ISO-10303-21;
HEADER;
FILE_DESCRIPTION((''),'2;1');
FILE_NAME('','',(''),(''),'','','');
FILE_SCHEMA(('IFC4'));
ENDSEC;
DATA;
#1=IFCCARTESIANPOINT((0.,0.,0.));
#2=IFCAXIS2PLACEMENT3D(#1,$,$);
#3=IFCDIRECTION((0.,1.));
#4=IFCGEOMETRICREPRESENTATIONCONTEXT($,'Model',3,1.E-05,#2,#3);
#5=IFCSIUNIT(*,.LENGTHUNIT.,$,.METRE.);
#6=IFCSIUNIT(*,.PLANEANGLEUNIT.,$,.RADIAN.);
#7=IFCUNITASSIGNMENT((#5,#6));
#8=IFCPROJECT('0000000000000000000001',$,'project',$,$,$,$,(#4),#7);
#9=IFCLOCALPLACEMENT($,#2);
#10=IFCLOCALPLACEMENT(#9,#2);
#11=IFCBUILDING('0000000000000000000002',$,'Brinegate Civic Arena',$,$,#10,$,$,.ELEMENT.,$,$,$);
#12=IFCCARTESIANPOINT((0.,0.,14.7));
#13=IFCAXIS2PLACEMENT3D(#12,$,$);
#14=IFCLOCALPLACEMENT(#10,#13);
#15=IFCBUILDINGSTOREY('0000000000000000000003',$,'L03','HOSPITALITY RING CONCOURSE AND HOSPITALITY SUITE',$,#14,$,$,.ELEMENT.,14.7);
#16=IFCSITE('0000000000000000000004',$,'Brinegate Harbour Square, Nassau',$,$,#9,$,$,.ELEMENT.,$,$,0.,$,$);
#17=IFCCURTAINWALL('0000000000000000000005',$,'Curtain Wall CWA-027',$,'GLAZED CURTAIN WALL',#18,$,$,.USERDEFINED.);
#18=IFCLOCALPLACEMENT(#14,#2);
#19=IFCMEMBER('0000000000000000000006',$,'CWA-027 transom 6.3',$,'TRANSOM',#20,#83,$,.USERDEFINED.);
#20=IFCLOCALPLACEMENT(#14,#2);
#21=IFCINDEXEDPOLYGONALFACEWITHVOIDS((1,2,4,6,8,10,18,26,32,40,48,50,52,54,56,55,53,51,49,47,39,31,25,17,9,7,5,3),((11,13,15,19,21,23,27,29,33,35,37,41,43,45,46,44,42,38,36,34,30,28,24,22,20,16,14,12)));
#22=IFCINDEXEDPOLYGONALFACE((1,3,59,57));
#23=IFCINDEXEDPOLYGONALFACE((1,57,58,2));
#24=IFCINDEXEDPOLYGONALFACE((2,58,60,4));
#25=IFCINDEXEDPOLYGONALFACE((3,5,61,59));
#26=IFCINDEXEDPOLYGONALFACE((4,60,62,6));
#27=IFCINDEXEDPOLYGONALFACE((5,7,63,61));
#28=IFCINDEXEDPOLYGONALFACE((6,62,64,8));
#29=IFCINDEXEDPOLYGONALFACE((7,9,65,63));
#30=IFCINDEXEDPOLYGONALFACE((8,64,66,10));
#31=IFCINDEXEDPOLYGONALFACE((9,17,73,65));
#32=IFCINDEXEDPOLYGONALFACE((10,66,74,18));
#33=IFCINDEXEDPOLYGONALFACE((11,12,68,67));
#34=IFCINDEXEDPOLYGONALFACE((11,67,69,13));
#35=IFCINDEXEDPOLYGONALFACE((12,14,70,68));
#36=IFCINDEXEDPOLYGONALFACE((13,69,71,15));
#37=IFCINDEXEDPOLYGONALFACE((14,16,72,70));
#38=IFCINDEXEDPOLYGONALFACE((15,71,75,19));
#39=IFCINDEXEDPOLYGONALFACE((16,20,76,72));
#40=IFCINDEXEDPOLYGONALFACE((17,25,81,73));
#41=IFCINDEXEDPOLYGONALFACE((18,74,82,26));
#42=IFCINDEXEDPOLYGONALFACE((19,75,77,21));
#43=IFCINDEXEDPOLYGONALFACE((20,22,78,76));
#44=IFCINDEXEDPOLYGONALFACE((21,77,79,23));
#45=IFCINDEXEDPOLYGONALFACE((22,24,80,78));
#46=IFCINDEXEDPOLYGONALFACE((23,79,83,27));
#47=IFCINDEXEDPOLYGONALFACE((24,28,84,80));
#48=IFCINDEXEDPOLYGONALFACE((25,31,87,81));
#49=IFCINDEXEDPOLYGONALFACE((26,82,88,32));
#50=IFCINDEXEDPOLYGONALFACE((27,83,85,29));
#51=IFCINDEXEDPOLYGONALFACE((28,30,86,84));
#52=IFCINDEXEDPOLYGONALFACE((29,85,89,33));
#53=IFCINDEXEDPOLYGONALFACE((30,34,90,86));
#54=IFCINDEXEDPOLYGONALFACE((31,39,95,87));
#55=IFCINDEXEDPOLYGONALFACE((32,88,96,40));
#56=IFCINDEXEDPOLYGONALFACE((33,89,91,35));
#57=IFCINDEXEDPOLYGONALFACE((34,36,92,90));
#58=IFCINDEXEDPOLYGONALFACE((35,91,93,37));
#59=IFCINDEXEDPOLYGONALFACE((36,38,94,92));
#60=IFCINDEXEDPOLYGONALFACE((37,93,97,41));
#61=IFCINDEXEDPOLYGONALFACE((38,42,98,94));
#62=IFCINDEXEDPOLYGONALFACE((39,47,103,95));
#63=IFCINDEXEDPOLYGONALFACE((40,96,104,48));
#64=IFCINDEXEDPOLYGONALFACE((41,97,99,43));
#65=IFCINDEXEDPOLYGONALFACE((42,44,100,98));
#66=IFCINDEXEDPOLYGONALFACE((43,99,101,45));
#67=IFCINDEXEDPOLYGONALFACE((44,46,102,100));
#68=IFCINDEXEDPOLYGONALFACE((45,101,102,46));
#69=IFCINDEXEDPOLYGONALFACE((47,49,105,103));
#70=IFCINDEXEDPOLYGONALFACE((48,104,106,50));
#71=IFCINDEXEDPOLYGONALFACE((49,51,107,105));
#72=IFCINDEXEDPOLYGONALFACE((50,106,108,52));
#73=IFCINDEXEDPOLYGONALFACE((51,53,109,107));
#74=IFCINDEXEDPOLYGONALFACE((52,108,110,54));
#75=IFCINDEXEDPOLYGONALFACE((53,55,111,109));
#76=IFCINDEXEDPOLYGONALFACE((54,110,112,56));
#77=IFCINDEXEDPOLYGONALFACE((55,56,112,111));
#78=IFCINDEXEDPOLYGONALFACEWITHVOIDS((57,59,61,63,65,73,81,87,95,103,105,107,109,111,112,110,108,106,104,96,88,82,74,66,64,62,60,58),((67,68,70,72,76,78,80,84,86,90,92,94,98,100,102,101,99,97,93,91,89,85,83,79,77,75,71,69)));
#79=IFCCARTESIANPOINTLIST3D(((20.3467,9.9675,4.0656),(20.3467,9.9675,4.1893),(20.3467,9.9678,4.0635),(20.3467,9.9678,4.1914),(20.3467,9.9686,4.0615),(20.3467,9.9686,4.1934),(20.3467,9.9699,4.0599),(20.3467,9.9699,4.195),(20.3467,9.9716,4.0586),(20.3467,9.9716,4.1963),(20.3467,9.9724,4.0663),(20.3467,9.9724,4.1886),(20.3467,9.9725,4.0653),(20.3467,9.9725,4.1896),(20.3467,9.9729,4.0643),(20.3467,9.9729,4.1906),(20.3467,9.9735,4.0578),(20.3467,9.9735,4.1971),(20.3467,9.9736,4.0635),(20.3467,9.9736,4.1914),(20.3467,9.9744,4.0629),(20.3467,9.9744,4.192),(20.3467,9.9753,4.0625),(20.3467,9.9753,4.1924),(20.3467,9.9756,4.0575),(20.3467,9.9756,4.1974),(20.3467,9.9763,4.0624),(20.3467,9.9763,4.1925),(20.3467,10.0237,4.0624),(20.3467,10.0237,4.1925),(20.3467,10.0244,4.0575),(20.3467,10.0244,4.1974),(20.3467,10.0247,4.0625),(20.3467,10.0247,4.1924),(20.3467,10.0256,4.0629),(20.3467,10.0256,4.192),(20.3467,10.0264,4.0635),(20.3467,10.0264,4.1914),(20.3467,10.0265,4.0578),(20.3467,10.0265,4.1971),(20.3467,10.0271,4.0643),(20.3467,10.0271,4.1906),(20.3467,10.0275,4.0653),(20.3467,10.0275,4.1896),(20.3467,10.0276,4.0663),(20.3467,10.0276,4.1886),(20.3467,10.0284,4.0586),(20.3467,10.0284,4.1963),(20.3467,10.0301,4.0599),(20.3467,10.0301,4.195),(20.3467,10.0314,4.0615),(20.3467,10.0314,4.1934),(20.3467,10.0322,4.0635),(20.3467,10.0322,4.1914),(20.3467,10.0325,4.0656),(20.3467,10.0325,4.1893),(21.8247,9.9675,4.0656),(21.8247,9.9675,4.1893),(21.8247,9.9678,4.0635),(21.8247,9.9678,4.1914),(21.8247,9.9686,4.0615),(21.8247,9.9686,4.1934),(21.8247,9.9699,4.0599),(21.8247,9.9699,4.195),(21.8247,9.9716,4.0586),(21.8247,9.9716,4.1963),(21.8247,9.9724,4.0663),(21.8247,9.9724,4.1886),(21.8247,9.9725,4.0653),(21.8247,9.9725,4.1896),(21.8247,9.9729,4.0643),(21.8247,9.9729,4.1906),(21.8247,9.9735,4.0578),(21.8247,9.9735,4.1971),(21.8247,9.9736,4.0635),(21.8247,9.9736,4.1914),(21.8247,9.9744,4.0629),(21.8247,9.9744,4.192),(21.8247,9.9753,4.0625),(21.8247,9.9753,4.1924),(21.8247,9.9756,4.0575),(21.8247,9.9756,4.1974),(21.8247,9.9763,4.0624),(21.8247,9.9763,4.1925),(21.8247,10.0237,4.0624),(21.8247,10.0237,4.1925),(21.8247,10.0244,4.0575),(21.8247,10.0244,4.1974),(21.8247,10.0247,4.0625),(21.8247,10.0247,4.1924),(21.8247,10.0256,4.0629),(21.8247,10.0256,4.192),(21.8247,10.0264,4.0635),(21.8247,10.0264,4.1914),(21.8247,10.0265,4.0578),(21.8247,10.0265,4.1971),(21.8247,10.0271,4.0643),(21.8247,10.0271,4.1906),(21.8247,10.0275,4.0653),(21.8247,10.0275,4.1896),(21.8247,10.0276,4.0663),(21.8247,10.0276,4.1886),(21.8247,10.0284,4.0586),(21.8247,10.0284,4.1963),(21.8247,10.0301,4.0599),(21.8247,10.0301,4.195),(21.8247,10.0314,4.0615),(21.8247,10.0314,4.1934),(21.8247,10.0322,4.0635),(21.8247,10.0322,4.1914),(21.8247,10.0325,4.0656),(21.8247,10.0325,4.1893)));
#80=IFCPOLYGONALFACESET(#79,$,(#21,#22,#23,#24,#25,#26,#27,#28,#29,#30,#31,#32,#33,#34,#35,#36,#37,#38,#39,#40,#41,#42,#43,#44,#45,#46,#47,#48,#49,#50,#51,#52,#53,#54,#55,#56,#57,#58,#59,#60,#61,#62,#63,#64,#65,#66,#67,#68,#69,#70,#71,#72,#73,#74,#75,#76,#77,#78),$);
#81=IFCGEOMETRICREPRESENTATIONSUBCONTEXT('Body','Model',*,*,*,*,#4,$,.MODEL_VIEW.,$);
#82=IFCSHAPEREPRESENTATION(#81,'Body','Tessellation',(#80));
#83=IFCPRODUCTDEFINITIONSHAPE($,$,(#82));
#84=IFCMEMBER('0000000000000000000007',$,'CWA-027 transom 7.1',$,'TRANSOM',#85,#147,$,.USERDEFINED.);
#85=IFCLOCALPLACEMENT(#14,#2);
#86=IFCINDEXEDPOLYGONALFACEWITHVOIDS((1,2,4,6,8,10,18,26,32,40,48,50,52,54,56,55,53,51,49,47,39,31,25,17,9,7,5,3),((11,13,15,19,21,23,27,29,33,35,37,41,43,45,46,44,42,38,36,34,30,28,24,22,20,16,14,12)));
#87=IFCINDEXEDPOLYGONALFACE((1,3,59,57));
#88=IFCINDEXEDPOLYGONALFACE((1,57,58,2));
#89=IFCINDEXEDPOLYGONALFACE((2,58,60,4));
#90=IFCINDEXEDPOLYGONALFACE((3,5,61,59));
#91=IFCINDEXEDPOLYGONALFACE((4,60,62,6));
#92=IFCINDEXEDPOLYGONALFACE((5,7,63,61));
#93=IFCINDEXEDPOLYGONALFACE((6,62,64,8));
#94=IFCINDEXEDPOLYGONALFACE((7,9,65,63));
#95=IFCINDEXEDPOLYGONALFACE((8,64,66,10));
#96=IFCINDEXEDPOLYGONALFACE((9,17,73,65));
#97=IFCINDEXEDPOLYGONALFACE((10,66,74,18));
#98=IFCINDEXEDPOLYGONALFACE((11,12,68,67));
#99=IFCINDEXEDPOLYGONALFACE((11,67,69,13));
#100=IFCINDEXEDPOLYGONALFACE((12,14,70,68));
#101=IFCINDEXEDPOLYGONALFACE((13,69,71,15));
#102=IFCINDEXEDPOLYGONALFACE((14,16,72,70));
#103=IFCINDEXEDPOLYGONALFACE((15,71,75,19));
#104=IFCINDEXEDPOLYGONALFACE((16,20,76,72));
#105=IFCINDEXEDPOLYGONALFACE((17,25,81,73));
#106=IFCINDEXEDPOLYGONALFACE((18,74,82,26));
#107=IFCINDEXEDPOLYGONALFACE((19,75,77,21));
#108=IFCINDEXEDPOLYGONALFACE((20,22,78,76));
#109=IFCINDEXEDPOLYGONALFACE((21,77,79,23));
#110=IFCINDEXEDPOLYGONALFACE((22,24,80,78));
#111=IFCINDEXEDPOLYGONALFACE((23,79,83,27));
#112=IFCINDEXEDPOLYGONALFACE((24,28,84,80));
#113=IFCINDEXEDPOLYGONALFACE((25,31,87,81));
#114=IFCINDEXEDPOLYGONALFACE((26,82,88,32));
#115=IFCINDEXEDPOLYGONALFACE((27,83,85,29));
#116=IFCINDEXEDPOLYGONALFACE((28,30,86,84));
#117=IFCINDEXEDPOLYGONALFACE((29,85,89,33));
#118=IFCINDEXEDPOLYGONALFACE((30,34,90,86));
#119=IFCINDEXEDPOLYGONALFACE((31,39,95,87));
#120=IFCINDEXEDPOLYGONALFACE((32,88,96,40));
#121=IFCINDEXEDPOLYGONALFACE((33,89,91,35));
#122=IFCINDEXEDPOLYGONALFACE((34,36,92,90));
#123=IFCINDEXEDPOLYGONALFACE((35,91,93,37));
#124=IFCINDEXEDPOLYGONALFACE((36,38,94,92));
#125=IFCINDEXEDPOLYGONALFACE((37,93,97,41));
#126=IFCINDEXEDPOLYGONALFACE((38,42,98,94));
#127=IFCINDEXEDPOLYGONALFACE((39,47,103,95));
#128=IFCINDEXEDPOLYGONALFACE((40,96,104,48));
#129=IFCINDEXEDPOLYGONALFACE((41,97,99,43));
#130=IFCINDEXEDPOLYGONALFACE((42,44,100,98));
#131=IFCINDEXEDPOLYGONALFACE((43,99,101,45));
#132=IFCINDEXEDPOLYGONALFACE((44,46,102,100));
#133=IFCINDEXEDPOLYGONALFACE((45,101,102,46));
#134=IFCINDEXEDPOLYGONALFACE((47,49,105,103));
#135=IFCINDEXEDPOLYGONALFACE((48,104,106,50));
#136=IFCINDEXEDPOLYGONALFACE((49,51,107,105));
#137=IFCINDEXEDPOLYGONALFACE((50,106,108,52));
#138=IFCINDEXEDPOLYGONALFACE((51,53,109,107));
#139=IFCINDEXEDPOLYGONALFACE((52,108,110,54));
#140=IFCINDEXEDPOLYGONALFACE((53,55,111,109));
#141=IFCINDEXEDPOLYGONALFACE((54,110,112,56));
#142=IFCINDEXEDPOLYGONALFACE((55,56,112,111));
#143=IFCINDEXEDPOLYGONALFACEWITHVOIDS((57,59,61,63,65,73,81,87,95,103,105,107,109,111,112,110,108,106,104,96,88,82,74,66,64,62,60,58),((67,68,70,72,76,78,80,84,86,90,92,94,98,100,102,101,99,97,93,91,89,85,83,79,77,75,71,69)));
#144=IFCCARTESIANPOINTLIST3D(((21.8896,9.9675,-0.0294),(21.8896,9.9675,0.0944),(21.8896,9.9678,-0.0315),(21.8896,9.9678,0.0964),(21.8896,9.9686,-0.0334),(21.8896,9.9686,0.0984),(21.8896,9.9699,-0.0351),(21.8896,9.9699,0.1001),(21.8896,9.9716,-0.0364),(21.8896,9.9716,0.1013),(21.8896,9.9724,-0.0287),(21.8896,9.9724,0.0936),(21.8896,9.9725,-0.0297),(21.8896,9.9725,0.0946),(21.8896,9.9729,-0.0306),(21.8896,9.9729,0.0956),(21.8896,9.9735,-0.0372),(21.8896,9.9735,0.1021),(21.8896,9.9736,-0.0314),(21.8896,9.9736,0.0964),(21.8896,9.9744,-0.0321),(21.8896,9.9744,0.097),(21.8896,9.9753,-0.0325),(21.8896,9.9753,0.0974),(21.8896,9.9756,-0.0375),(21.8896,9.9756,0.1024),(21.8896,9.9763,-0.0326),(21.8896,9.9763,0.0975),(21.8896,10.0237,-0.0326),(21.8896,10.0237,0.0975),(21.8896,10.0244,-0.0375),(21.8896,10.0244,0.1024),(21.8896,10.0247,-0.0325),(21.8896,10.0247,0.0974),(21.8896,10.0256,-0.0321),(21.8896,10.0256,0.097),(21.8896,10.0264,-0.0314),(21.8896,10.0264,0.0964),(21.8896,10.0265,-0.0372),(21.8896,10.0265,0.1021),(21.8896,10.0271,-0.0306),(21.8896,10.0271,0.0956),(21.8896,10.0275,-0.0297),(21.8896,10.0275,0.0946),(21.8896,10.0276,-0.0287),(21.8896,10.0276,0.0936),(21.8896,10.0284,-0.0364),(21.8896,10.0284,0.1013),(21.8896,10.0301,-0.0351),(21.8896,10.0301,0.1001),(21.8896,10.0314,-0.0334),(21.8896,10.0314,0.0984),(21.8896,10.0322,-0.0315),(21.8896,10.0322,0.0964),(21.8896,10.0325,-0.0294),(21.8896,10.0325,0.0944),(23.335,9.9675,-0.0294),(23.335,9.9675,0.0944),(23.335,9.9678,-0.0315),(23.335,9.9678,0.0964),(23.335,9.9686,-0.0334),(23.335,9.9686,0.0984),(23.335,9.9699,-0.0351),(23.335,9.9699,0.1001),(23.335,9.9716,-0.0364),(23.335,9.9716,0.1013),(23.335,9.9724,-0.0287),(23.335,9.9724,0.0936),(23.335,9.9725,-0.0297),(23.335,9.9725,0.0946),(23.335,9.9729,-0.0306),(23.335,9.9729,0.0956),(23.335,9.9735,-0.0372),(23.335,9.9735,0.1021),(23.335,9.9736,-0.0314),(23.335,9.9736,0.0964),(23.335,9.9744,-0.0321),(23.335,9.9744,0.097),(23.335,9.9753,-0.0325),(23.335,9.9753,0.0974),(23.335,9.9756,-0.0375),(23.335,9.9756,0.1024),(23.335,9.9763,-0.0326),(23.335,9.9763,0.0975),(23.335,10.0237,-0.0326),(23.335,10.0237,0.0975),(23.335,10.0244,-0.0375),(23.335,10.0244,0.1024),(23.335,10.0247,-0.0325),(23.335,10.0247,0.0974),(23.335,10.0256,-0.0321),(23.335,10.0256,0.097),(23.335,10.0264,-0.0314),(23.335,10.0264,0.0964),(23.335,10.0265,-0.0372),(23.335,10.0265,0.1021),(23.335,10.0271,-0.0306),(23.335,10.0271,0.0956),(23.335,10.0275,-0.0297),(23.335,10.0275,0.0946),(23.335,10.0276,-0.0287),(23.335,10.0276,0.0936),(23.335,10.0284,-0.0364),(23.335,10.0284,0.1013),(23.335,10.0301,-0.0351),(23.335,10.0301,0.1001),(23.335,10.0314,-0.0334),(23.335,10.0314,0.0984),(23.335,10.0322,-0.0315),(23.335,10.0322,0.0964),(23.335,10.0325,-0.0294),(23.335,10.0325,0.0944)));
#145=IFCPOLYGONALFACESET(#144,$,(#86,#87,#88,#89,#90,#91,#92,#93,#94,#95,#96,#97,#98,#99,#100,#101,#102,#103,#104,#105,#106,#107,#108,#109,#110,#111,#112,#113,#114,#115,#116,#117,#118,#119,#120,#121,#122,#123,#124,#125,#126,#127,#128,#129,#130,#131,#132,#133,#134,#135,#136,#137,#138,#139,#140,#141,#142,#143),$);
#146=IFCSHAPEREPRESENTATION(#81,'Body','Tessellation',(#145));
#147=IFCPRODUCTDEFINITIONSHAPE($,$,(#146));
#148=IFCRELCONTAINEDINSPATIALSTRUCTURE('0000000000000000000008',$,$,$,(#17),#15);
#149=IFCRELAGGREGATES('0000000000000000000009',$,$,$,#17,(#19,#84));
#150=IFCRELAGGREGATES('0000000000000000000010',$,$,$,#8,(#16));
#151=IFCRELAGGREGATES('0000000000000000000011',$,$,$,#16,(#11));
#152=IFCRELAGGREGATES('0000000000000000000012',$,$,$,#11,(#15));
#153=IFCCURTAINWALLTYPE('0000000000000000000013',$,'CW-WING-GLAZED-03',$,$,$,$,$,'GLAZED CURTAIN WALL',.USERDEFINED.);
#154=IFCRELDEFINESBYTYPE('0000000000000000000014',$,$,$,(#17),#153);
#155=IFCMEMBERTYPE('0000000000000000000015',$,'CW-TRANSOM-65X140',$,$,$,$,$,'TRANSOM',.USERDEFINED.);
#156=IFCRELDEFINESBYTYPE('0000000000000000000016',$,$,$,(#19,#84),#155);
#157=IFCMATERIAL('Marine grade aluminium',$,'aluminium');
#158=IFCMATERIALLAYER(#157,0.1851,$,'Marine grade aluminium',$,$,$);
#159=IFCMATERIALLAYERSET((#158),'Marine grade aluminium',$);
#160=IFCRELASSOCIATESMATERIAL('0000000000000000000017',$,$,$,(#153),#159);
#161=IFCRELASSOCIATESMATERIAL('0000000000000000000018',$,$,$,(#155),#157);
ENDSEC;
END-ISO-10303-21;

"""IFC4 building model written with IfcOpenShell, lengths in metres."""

from ifc_helpers import new_model, si_unit, direction, frame, origin, origin_2d, place, context, subcontext, project, spatial, hollow_rectangle, extrude, material, layer, layer_set, material_profile, profile_set, type_object, element, aggregate, save


model = new_model("IFC4")

# Units and contexts
model_context = context("Model", 3, precision=1e-05, world=origin(), true_north=direction((0.0, 1.0)))
body_context = subcontext(model_context, "Body", "Model", "MODEL_VIEW")
ifc_project = project(units=[si_unit("LENGTHUNIT", "METRE"), si_unit("PLANEANGLEUNIT", "RADIAN")], contexts=[model_context])

# Site, building, storey
site_placement = place(None, origin())
site = spatial("IfcSite", under=ifc_project, at=site_placement, Name="Brinegate Harbour Square, Nassau", CompositionType="ELEMENT", RefElevation=0.0)
building_placement = place(site_placement, origin())
building = spatial("IfcBuilding", under=site, at=building_placement, Name="Brinegate Civic Arena", CompositionType="ELEMENT")
storey_placement = place(building_placement, frame((0.0, 0.0, 14.7)))
storey = spatial("IfcBuildingStorey", under=building, at=storey_placement, Name="L03", Description="HOSPITALITY RING CONCOURSE AND HOSPITALITY SUITE", CompositionType="ELEMENT", Elevation=14.7)

# Curtain wall
ifc_material_1 = material(Name="Marine grade aluminium", Category="aluminium")
ifc_layer_1 = layer(ifc_material_1, 0.1851, Name="Marine grade aluminium")
ifc_layer_set_1 = layer_set([ifc_layer_1], Name="Marine grade aluminium")
curtain_wall_type = type_object("IfcCurtainWallType", Name="CW-WING-GLAZED-03", ElementType="GLAZED CURTAIN WALL", PredefinedType="USERDEFINED", material=ifc_layer_set_1)
curtain_wall_1_placement = place(storey_placement, origin())
curtain_wall_1 = element("IfcCurtainWall", 1, at=curtain_wall_1_placement, inside=storey, type_object=curtain_wall_type, Name="Curtain Wall CWA-027", ObjectType="GLAZED CURTAIN WALL", PredefinedType="USERDEFINED")

# Members
ifc_material_profile_1 = material_profile(ifc_material_1, hollow_rectangle(XDim=0.0649, YDim=0.1399, WallThickness=0.0049, InnerFilletRadius=0.0039, OuterFilletRadius=0.0081, at=origin_2d()), Name="TRN65X140")
ifc_profile_set_1 = profile_set([ifc_material_profile_1], Name="Marine grade aluminium")
member_type_1 = type_object("IfcMemberType", Name="CW-TRANSOM-65X140", ElementType="TRANSOM", PredefinedType="USERDEFINED", material=ifc_profile_set_1)
member_1_placement = place(storey_placement, frame((20.3467, 10.0, 4.1274), z_axis=(1.0, 0.0, 0.0), x_axis=(0.0, 1.0, 0.0)))
member_1 = element("IfcMember", 2, at=member_1_placement, type_object=member_type_1, Name="CWA-027 transom 6.3", ObjectType="TRANSOM", PredefinedType="USERDEFINED", context=body_context, shape_type="SweptSolid", body=[
    extrude(hollow_rectangle(XDim=0.0649, YDim=0.1399, WallThickness=0.0049, InnerFilletRadius=0.0039, OuterFilletRadius=0.0081, at=origin_2d()), origin(), (0.0, 0.0, 1.0), 1.478),
])
member_2_placement = place(storey_placement, frame((21.8896, 10.0, 0.0325), z_axis=(1.0, 0.0, 0.0), x_axis=(0.0, 1.0, 0.0)))
member_2 = element("IfcMember", 3, at=member_2_placement, type_object=member_type_1, Name="CWA-027 transom 7.1", ObjectType="TRANSOM", PredefinedType="USERDEFINED", context=body_context, shape_type="SweptSolid", body=[
    extrude(hollow_rectangle(XDim=0.0649, YDim=0.1399, WallThickness=0.0049, InnerFilletRadius=0.0039, OuterFilletRadius=0.0081, at=origin_2d()), origin(), (0.0, 0.0, 1.0), 1.4453),
])

aggregate(curtain_wall_1, [member_1, member_2])

save(model, "model.ifc")
